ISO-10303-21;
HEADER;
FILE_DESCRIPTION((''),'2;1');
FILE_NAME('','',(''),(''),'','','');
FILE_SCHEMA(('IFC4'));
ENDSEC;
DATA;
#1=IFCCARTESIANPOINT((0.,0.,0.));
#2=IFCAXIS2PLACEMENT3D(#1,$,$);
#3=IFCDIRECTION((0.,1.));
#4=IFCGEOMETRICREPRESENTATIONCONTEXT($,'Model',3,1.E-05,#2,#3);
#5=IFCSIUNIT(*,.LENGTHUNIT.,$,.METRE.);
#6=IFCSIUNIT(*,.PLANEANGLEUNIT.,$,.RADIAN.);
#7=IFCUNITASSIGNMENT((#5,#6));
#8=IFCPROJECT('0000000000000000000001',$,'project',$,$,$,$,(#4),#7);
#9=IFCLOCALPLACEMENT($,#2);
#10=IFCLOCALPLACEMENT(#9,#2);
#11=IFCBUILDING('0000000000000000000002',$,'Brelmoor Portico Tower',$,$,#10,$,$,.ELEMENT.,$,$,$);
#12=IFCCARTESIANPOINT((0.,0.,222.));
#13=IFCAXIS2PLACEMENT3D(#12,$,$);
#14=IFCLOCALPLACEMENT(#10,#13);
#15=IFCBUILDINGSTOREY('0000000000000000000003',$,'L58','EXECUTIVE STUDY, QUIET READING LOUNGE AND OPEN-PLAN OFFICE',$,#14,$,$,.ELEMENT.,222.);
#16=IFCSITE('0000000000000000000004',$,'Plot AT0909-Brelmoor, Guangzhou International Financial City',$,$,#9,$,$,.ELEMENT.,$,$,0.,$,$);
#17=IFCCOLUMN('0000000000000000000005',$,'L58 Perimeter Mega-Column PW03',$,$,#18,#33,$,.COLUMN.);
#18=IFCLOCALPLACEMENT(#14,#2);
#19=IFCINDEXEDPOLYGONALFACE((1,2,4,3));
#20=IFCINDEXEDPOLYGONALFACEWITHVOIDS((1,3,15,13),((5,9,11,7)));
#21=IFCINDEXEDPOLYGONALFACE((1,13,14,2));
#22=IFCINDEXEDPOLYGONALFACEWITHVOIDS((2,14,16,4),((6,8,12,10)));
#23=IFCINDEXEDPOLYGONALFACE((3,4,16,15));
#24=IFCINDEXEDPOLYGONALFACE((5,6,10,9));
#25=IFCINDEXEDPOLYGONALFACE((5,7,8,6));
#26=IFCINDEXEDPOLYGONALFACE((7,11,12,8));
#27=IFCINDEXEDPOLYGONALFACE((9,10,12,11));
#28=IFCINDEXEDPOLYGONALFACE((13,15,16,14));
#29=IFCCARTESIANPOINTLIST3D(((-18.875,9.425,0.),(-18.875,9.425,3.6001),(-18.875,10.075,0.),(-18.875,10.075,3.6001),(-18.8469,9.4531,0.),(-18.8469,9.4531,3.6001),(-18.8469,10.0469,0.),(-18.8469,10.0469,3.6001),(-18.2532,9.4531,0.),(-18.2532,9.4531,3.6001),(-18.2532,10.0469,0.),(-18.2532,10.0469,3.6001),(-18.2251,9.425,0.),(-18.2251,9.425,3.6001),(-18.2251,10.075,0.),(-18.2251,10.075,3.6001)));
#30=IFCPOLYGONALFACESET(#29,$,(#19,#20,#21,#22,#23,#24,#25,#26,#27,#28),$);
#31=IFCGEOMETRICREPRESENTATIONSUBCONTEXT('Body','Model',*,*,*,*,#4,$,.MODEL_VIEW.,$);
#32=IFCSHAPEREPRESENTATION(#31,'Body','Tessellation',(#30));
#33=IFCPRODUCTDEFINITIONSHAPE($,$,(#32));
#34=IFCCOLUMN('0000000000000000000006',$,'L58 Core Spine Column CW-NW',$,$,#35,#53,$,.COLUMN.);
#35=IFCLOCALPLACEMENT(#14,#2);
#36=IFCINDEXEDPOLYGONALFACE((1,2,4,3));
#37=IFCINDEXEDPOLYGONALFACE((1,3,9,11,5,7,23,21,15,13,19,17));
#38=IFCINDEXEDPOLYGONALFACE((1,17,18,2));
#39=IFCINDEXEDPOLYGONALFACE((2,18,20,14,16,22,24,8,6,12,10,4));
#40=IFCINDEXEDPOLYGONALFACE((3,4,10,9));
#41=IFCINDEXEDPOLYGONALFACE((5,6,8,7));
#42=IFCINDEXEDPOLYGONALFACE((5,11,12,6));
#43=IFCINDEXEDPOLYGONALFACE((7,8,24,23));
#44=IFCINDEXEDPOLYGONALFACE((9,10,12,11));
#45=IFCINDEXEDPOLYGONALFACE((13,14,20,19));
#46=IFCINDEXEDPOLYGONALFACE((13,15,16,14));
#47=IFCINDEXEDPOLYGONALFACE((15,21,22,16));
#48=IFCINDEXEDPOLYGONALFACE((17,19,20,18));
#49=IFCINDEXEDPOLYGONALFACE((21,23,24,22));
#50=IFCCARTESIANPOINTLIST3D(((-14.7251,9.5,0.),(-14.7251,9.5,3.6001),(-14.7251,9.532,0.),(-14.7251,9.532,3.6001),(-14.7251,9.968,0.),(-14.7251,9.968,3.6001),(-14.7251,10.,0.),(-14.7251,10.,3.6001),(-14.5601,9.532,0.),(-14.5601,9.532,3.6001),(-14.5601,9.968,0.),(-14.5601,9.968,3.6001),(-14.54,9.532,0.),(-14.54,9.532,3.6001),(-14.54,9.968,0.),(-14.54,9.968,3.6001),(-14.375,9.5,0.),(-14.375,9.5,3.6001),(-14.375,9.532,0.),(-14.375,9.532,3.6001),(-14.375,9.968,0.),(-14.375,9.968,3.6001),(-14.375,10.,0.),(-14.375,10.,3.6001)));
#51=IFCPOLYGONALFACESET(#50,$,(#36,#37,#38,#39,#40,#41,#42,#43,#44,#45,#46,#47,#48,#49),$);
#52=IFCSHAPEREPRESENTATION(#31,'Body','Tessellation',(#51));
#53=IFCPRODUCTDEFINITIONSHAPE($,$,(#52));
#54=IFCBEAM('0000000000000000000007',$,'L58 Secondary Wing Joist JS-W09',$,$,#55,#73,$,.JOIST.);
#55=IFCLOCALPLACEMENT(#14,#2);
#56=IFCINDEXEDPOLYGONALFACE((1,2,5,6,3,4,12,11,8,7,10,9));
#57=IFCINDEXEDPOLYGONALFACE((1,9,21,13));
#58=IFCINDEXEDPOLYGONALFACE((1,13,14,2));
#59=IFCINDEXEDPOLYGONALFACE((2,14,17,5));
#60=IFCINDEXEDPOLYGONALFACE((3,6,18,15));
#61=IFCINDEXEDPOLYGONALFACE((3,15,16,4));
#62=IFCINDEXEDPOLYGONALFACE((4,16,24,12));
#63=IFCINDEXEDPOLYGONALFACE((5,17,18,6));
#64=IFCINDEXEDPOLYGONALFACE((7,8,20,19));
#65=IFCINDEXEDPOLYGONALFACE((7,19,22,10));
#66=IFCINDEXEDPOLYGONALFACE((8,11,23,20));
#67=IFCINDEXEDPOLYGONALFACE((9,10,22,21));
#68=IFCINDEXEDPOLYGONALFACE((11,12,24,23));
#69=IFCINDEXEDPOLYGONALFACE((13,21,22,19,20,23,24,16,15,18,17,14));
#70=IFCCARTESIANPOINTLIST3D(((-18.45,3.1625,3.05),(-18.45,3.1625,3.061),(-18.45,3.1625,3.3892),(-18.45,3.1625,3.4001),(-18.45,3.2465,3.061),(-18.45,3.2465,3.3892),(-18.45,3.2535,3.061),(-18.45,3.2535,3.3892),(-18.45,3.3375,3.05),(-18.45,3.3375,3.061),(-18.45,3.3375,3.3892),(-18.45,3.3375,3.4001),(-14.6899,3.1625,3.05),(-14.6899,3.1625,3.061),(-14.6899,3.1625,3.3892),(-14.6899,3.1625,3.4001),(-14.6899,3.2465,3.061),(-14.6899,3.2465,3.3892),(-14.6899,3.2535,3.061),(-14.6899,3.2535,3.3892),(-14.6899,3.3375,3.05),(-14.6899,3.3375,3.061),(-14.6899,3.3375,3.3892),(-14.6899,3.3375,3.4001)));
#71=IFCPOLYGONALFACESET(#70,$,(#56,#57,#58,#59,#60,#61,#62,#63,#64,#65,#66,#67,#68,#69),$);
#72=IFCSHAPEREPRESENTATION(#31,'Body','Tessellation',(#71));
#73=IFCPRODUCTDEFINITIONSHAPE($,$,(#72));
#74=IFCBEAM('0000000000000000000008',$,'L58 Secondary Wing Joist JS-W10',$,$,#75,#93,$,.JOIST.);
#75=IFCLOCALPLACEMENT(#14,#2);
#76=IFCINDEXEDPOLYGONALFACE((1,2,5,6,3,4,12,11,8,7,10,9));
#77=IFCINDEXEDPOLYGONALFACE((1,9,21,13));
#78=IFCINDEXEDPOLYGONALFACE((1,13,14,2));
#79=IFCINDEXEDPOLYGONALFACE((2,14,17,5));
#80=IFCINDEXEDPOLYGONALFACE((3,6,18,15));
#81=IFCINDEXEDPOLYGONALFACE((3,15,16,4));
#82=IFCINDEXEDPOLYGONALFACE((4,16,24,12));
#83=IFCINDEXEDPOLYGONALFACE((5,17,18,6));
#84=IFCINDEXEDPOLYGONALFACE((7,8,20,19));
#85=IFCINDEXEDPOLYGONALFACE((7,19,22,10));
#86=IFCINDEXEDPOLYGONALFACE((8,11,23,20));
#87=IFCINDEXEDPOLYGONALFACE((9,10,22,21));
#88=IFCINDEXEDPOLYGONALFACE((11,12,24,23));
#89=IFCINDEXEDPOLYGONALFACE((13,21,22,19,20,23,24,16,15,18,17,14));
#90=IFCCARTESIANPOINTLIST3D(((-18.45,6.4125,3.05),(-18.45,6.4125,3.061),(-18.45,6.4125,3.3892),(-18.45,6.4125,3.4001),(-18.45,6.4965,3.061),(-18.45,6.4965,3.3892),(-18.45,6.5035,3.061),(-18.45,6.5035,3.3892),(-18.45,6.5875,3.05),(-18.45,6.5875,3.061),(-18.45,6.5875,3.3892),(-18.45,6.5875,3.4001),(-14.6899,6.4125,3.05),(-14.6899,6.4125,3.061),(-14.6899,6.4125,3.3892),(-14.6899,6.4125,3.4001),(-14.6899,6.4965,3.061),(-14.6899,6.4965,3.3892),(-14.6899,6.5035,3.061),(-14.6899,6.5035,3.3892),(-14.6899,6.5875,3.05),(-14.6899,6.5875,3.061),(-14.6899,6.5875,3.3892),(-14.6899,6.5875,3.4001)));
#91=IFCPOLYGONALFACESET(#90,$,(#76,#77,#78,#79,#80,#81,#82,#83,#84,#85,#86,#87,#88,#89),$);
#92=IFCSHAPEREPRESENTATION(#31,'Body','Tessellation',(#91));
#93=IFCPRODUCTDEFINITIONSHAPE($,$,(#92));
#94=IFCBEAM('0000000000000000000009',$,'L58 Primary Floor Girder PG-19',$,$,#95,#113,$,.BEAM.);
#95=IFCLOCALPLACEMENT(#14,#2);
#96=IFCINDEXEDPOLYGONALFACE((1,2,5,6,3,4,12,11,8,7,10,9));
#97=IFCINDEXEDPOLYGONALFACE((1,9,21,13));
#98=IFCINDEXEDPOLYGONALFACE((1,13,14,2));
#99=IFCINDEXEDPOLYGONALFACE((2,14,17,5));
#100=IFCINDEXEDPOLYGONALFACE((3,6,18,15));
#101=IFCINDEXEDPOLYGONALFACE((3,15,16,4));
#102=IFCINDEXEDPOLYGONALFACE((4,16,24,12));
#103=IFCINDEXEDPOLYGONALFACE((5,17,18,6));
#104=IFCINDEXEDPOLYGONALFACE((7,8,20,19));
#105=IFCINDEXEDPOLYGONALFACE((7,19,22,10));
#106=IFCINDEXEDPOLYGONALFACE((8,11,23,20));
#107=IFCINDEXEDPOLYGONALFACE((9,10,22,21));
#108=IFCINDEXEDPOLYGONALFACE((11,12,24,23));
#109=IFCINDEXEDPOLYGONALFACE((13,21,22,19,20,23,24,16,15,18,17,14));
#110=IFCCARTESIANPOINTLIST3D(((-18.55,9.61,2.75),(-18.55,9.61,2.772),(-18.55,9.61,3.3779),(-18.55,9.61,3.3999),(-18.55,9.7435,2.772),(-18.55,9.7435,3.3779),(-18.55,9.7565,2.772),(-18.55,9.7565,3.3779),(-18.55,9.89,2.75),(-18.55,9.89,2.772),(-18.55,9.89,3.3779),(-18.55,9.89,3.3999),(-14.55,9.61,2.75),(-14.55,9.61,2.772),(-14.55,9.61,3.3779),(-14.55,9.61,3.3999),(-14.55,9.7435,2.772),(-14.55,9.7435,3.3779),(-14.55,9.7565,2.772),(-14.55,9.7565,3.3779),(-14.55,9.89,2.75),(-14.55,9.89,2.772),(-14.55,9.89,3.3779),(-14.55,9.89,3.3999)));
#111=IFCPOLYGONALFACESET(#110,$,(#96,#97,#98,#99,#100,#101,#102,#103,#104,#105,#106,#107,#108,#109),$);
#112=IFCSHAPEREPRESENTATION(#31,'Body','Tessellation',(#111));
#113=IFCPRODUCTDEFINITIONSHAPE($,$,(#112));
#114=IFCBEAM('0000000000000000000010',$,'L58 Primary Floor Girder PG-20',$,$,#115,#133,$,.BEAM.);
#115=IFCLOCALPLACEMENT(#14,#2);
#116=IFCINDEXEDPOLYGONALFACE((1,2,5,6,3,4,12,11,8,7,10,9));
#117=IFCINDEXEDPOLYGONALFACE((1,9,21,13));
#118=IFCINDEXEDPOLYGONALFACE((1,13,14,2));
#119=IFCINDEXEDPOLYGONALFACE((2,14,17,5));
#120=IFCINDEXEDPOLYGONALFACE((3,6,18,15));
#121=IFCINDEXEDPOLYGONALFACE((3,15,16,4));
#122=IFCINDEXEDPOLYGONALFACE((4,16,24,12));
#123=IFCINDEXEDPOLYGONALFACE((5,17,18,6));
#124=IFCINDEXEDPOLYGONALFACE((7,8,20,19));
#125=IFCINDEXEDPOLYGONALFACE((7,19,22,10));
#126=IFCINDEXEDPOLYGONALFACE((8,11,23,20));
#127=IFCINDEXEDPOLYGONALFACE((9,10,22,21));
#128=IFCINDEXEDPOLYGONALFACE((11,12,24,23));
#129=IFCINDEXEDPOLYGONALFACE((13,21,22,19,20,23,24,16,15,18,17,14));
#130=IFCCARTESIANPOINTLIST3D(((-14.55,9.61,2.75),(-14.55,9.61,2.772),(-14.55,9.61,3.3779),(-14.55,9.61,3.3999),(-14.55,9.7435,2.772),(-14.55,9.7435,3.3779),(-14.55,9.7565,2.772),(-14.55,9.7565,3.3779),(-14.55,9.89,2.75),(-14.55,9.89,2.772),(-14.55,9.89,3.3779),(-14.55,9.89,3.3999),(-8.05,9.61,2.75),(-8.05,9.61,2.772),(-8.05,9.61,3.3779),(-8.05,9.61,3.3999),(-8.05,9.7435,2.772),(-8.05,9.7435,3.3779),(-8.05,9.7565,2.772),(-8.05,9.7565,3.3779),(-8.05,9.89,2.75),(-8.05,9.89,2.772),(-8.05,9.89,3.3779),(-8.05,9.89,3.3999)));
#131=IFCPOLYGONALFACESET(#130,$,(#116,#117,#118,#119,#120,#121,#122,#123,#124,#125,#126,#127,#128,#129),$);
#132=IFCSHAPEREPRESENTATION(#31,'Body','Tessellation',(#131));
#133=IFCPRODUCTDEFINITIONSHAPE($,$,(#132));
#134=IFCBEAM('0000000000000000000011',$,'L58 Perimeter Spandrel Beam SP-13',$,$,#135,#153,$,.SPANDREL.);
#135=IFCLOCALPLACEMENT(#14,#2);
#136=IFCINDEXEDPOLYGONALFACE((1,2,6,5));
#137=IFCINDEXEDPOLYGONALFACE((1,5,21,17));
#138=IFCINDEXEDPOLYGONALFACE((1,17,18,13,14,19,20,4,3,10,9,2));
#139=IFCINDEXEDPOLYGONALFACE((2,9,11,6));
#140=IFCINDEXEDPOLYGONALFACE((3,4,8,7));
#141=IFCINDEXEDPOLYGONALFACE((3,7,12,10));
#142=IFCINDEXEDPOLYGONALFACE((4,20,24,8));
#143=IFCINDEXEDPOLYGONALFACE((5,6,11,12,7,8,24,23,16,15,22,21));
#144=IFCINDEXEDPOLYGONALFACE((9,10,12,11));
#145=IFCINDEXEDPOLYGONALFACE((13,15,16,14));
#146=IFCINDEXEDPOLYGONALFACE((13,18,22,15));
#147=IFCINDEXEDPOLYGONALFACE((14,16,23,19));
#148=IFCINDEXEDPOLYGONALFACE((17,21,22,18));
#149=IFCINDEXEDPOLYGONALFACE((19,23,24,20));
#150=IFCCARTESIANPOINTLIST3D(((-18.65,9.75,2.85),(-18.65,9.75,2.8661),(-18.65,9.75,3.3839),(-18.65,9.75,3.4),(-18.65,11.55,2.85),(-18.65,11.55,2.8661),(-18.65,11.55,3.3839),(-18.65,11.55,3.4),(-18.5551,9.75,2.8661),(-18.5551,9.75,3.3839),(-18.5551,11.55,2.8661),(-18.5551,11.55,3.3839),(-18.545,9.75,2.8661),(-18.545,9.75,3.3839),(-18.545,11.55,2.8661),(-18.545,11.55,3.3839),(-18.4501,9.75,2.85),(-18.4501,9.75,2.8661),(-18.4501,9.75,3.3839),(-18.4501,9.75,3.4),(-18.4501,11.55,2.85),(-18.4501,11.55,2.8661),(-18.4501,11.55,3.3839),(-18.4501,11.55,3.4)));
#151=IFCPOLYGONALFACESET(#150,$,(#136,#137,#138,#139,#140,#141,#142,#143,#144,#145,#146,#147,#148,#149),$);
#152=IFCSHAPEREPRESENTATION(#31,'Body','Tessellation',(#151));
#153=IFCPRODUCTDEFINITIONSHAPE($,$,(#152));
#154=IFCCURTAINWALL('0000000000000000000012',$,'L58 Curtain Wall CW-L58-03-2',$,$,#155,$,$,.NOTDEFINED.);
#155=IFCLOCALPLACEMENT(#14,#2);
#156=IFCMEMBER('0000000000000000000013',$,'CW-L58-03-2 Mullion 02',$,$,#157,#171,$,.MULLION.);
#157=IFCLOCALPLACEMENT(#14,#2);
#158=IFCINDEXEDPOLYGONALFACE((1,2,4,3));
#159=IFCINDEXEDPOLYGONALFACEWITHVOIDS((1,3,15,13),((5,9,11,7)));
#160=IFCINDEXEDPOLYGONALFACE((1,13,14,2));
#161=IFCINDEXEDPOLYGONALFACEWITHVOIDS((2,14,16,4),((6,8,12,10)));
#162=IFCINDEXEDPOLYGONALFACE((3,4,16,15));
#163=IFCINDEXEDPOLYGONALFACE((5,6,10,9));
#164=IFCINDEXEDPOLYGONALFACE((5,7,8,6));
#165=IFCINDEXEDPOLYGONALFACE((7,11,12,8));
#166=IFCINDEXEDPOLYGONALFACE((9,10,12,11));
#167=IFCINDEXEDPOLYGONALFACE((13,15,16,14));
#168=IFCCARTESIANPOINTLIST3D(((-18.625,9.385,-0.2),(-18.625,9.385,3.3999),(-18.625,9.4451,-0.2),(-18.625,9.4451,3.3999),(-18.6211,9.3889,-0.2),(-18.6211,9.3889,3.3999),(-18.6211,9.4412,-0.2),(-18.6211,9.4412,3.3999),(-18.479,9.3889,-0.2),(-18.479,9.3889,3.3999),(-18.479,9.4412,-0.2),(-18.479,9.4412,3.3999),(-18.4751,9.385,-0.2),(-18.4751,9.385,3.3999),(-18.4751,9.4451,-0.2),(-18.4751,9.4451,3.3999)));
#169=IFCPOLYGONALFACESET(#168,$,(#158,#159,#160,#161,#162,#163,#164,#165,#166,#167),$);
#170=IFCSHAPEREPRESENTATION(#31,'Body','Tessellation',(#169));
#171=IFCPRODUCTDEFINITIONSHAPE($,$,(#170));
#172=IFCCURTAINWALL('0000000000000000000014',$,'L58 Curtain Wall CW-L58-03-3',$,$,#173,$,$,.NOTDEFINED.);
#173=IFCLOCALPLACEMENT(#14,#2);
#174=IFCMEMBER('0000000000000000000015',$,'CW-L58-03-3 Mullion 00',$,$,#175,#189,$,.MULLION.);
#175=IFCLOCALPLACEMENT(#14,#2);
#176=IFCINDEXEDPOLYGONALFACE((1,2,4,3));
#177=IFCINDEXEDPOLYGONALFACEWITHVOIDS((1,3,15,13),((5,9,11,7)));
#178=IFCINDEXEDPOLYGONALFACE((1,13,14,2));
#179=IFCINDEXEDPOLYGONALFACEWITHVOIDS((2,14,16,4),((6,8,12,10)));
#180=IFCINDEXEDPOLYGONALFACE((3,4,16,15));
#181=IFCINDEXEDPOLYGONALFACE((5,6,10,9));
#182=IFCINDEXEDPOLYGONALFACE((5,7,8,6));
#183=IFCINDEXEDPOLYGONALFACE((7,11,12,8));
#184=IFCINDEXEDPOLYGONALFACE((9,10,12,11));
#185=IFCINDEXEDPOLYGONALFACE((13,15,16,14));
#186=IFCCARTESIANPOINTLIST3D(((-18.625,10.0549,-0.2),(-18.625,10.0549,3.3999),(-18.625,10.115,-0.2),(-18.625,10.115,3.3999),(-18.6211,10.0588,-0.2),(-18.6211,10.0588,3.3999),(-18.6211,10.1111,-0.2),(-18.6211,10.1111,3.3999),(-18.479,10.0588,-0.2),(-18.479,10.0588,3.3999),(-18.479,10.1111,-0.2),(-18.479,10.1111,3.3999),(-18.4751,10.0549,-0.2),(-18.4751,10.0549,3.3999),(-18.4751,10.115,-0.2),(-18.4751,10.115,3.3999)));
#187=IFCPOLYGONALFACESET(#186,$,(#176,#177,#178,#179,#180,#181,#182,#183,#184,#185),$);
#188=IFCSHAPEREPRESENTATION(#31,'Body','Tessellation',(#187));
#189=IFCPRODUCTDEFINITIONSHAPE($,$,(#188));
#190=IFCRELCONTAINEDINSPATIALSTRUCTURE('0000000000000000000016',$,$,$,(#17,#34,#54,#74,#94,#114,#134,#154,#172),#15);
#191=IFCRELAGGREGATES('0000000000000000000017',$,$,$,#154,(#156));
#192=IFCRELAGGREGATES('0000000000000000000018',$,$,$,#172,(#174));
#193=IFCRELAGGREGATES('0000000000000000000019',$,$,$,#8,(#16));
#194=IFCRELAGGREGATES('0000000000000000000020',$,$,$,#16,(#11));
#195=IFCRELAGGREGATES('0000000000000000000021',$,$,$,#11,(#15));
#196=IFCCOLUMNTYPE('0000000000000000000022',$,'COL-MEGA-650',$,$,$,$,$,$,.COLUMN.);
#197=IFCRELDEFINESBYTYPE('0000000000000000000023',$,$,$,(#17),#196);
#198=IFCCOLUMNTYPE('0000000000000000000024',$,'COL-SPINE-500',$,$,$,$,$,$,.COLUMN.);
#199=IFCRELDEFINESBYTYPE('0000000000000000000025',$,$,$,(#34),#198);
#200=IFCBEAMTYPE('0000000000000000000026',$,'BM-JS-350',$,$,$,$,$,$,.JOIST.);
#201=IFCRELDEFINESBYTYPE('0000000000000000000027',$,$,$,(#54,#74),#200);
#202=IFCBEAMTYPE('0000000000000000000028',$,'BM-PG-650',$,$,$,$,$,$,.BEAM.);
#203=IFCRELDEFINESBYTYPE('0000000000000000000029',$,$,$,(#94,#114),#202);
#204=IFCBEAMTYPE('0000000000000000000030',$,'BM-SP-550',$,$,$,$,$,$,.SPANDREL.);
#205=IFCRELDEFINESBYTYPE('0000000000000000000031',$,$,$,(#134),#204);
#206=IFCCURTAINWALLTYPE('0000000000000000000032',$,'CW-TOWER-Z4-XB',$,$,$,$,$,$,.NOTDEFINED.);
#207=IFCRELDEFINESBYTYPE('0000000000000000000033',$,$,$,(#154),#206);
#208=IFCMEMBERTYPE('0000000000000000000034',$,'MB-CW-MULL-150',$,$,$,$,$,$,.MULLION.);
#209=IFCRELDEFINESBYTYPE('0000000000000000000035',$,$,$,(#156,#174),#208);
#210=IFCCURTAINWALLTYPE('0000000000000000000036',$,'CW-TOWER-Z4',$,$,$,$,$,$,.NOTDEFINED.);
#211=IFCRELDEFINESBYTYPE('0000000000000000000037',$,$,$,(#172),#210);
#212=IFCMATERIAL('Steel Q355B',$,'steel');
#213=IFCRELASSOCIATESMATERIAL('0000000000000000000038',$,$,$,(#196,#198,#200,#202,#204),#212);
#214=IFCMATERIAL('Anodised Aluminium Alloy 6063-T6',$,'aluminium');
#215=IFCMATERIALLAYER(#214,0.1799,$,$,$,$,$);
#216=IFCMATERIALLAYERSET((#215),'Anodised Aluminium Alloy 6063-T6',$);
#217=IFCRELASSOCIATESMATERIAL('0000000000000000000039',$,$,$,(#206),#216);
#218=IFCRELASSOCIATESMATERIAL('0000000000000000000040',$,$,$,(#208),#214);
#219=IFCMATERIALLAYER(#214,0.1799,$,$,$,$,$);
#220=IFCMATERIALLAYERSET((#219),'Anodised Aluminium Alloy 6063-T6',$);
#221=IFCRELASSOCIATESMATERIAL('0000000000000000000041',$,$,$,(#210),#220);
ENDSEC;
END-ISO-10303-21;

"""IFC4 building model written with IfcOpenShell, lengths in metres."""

from ifc_helpers import new_model, si_unit, direction, frame, origin, origin_2d, place, context, subcontext, project, spatial, hollow_rectangle, i_section, extrude, material, layer, layer_set, material_profile, profile_set, type_object, element, aggregate, save


model = new_model("IFC4")

# Units and contexts
model_context = context("Model", 3, precision=1e-05, world=origin(), true_north=direction((0.0, 1.0)))
body_context = subcontext(model_context, "Body", "Model", "MODEL_VIEW")
ifc_project = project(units=[si_unit("LENGTHUNIT", "METRE"), si_unit("PLANEANGLEUNIT", "RADIAN")], contexts=[model_context])

# Site, building, storey
site_placement = place(None, origin())
site = spatial("IfcSite", under=ifc_project, at=site_placement, Name="Plot AT0909-Brelmoor, Guangzhou International Financial City", CompositionType="ELEMENT", RefElevation=0.0)
building_placement = place(site_placement, origin())
building = spatial("IfcBuilding", under=site, at=building_placement, Name="Brelmoor Portico Tower", CompositionType="ELEMENT")
storey_placement = place(building_placement, frame((0.0, 0.0, 222.0)))
storey = spatial("IfcBuildingStorey", under=building, at=storey_placement, Name="L58", Description="EXECUTIVE STUDY, QUIET READING LOUNGE AND OPEN-PLAN OFFICE", CompositionType="ELEMENT", Elevation=222.0)

# Columns
ifc_material_1 = material(Name="Steel Q355B", Category="steel")
ifc_material_profile_1 = material_profile(ifc_material_1, hollow_rectangle(XDim=0.6499, YDim=0.6499, WallThickness=0.0281, at=origin_2d()), Name="BOX 650x650x28")
ifc_profile_set_1 = profile_set([ifc_material_profile_1], Name="Steel Q355B")
column_type_1 = type_object("IfcColumnType", Name="COL-MEGA-650", PredefinedType="COLUMN", material=ifc_profile_set_1)
column_1_placement = place(storey_placement, frame((-18.55, 9.75, 0.0), z_axis=(0.0, 0.0, 1.0), x_axis=(0.0, 1.0, 0.0)))
element("IfcColumn", 1, at=column_1_placement, inside=storey, type_object=column_type_1, Name="L58 Perimeter Mega-Column PW03", PredefinedType="COLUMN", context=body_context, shape_type="SweptSolid", body=[
    extrude(hollow_rectangle(XDim=0.6499, YDim=0.6499, WallThickness=0.0281, at=origin_2d()), origin(), (0.0, 0.0, 1.0), 3.6001),
])
ifc_material_profile_2 = material_profile(ifc_material_1, i_section(OverallWidth=0.3501, OverallDepth=0.5, WebThickness=0.02, FlangeThickness=0.032, at=origin_2d()), Name="HW 500x350x20x32")
ifc_profile_set_2 = profile_set([ifc_material_profile_2], Name="Steel Q355B")
column_type_2 = type_object("IfcColumnType", Name="COL-SPINE-500", PredefinedType="COLUMN", material=ifc_profile_set_2)
column_2_placement = place(storey_placement, frame((-14.55, 9.75, 0.0), z_axis=(0.0, 0.0, 1.0), x_axis=(1.0, 0.0, 0.0)))
element("IfcColumn", 2, at=column_2_placement, inside=storey, type_object=column_type_2, Name="L58 Core Spine Column CW-NW", PredefinedType="COLUMN", context=body_context, shape_type="SweptSolid", body=[
    extrude(i_section(OverallWidth=0.3501, OverallDepth=0.5, WebThickness=0.02, FlangeThickness=0.032, at=origin_2d()), origin(), (0.0, 0.0, 1.0), 3.6001),
])

# Beams
ifc_material_profile_3 = material_profile(ifc_material_1, i_section(OverallWidth=0.175, OverallDepth=0.3501, WebThickness=0.0071, FlangeThickness=0.011, at=origin_2d()), Name="HN 350x175x7x11")
ifc_profile_set_3 = profile_set([ifc_material_profile_3], Name="Steel Q355B")
beam_type_1 = type_object("IfcBeamType", Name="BM-JS-350", PredefinedType="JOIST", material=ifc_profile_set_3)
for number, where, z_axis, x_axis, name in (
    (3, (-18.45, 3.25, 3.2251), (1.0, 0.0, 0.0), (0.0, 1.0, 0.0), "L58 Secondary Wing Joist JS-W09"),
    (4, (-18.45, 6.5, 3.2251), (1.0, 0.0, 0.0), (0.0, 1.0, 0.0), "L58 Secondary Wing Joist JS-W10"),
):
    element("IfcBeam", number, at=place(storey_placement, frame(where, z_axis=z_axis, x_axis=x_axis)), inside=storey, type_object=beam_type_1, Name=name, PredefinedType="JOIST", context=body_context, shape_type="SweptSolid", body=[
        extrude(i_section(OverallWidth=0.175, OverallDepth=0.3501, WebThickness=0.0071, FlangeThickness=0.011, at=origin_2d()), origin(), (0.0, 0.0, 1.0), 3.76),
    ])
ifc_material_profile_4 = material_profile(ifc_material_1, i_section(OverallWidth=0.28, OverallDepth=0.6499, WebThickness=0.0129, FlangeThickness=0.022, at=origin_2d()), Name="HN 650x280x13x22")
ifc_profile_set_4 = profile_set([ifc_material_profile_4], Name="Steel Q355B")
beam_type_2 = type_object("IfcBeamType", Name="BM-PG-650", PredefinedType="BEAM", material=ifc_profile_set_4)
beam_1_placement = place(storey_placement, frame((-18.55, 9.75, 3.075), z_axis=(1.0, 0.0, 0.0), x_axis=(0.0, 1.0, 0.0)))
element("IfcBeam", 5, at=beam_1_placement, inside=storey, type_object=beam_type_2, Name="L58 Primary Floor Girder PG-19", PredefinedType="BEAM", context=body_context, shape_type="SweptSolid", body=[
    extrude(i_section(OverallWidth=0.28, OverallDepth=0.6499, WebThickness=0.0129, FlangeThickness=0.022, at=origin_2d()), origin(), (0.0, 0.0, 1.0), 4.0),
])
beam_2_placement = place(storey_placement, frame((-14.55, 9.75, 3.075), z_axis=(1.0, 0.0, 0.0), x_axis=(0.0, 1.0, 0.0)))
element("IfcBeam", 6, at=beam_2_placement, inside=storey, type_object=beam_type_2, Name="L58 Primary Floor Girder PG-20", PredefinedType="BEAM", context=body_context, shape_type="SweptSolid", body=[
    extrude(i_section(OverallWidth=0.28, OverallDepth=0.6499, WebThickness=0.0129, FlangeThickness=0.022, at=origin_2d()), origin(), (0.0, 0.0, 1.0), 6.5),
])
ifc_material_profile_5 = material_profile(ifc_material_1, i_section(OverallWidth=0.2, OverallDepth=0.55, WebThickness=0.01, FlangeThickness=0.0161, at=origin_2d()), Name="HN 550x200x10x16")
ifc_profile_set_5 = profile_set([ifc_material_profile_5], Name="Steel Q355B")
beam_type_3 = type_object("IfcBeamType", Name="BM-SP-550", PredefinedType="SPANDREL", material=ifc_profile_set_5)
beam_3_placement = place(storey_placement, frame((-18.55, 9.75, 3.125), z_axis=(0.0, 1.0, 0.0), x_axis=(-1.0, 0.0, 0.0)))
element("IfcBeam", 7, at=beam_3_placement, inside=storey, type_object=beam_type_3, Name="L58 Perimeter Spandrel Beam SP-13", PredefinedType="SPANDREL", context=body_context, shape_type="SweptSolid", body=[
    extrude(i_section(OverallWidth=0.2, OverallDepth=0.55, WebThickness=0.01, FlangeThickness=0.0161, at=origin_2d()), origin(), (0.0, 0.0, 1.0), 1.8),
])

# Curtain wall, member
ifc_material_2 = material(Name="Anodised Aluminium Alloy 6063-T6", Category="aluminium")
ifc_layer_1 = layer(ifc_material_2, 0.1799)
ifc_layer_set_1 = layer_set([ifc_layer_1], Name="Anodised Aluminium Alloy 6063-T6")
curtain_wall_type_1 = type_object("IfcCurtainWallType", Name="CW-TOWER-Z4-XB", PredefinedType="NOTDEFINED", material=ifc_layer_set_1)
curtain_wall_1_placement = place(storey_placement, origin())
curtain_wall_1 = element("IfcCurtainWall", 8, at=curtain_wall_1_placement, inside=storey, type_object=curtain_wall_type_1, Name="L58 Curtain Wall CW-L58-03-2", PredefinedType="NOTDEFINED")
ifc_material_profile_6 = material_profile(ifc_material_2, hollow_rectangle(XDim=0.0601, YDim=0.1499, WallThickness=0.0039, at=origin_2d()), Name="ALU MULLION 60x150")
ifc_profile_set_6 = profile_set([ifc_material_profile_6], Name="Anodised Aluminium Alloy 6063-T6")
member_type_1 = type_object("IfcMemberType", Name="MB-CW-MULL-150", PredefinedType="MULLION", material=ifc_profile_set_6)
member_1_placement = place(storey_placement, frame((-18.55, 9.415, -0.2), z_axis=(0.0, 0.0, 1.0), x_axis=(0.0, 1.0, 0.0)))
member_1 = element("IfcMember", 9, at=member_1_placement, type_object=member_type_1, Name="CW-L58-03-2 Mullion 02", PredefinedType="MULLION", context=body_context, shape_type="SweptSolid", body=[
    extrude(hollow_rectangle(XDim=0.0601, YDim=0.1499, WallThickness=0.0039, at=origin_2d()), origin(), (0.0, 0.0, 1.0), 3.5999),
])

# Curtain wall, member
ifc_layer_2 = layer(ifc_material_2, 0.1799)
ifc_layer_set_2 = layer_set([ifc_layer_2], Name="Anodised Aluminium Alloy 6063-T6")
curtain_wall_type_2 = type_object("IfcCurtainWallType", Name="CW-TOWER-Z4", PredefinedType="NOTDEFINED", material=ifc_layer_set_2)
curtain_wall_2_placement = place(storey_placement, origin())
curtain_wall_2 = element("IfcCurtainWall", 10, at=curtain_wall_2_placement, inside=storey, type_object=curtain_wall_type_2, Name="L58 Curtain Wall CW-L58-03-3", PredefinedType="NOTDEFINED")
member_2_placement = place(storey_placement, frame((-18.55, 10.085, -0.2), z_axis=(0.0, 0.0, 1.0), x_axis=(0.0, 1.0, 0.0)))
member_2 = element("IfcMember", 11, at=member_2_placement, type_object=member_type_1, Name="CW-L58-03-3 Mullion 00", PredefinedType="MULLION", context=body_context, shape_type="SweptSolid", body=[
    extrude(hollow_rectangle(XDim=0.0601, YDim=0.1499, WallThickness=0.0039, at=origin_2d()), origin(), (0.0, 0.0, 1.0), 3.5999),
])

aggregate(curtain_wall_1, [member_1])
aggregate(curtain_wall_2, [member_2])

save(model, "model.ifc")
